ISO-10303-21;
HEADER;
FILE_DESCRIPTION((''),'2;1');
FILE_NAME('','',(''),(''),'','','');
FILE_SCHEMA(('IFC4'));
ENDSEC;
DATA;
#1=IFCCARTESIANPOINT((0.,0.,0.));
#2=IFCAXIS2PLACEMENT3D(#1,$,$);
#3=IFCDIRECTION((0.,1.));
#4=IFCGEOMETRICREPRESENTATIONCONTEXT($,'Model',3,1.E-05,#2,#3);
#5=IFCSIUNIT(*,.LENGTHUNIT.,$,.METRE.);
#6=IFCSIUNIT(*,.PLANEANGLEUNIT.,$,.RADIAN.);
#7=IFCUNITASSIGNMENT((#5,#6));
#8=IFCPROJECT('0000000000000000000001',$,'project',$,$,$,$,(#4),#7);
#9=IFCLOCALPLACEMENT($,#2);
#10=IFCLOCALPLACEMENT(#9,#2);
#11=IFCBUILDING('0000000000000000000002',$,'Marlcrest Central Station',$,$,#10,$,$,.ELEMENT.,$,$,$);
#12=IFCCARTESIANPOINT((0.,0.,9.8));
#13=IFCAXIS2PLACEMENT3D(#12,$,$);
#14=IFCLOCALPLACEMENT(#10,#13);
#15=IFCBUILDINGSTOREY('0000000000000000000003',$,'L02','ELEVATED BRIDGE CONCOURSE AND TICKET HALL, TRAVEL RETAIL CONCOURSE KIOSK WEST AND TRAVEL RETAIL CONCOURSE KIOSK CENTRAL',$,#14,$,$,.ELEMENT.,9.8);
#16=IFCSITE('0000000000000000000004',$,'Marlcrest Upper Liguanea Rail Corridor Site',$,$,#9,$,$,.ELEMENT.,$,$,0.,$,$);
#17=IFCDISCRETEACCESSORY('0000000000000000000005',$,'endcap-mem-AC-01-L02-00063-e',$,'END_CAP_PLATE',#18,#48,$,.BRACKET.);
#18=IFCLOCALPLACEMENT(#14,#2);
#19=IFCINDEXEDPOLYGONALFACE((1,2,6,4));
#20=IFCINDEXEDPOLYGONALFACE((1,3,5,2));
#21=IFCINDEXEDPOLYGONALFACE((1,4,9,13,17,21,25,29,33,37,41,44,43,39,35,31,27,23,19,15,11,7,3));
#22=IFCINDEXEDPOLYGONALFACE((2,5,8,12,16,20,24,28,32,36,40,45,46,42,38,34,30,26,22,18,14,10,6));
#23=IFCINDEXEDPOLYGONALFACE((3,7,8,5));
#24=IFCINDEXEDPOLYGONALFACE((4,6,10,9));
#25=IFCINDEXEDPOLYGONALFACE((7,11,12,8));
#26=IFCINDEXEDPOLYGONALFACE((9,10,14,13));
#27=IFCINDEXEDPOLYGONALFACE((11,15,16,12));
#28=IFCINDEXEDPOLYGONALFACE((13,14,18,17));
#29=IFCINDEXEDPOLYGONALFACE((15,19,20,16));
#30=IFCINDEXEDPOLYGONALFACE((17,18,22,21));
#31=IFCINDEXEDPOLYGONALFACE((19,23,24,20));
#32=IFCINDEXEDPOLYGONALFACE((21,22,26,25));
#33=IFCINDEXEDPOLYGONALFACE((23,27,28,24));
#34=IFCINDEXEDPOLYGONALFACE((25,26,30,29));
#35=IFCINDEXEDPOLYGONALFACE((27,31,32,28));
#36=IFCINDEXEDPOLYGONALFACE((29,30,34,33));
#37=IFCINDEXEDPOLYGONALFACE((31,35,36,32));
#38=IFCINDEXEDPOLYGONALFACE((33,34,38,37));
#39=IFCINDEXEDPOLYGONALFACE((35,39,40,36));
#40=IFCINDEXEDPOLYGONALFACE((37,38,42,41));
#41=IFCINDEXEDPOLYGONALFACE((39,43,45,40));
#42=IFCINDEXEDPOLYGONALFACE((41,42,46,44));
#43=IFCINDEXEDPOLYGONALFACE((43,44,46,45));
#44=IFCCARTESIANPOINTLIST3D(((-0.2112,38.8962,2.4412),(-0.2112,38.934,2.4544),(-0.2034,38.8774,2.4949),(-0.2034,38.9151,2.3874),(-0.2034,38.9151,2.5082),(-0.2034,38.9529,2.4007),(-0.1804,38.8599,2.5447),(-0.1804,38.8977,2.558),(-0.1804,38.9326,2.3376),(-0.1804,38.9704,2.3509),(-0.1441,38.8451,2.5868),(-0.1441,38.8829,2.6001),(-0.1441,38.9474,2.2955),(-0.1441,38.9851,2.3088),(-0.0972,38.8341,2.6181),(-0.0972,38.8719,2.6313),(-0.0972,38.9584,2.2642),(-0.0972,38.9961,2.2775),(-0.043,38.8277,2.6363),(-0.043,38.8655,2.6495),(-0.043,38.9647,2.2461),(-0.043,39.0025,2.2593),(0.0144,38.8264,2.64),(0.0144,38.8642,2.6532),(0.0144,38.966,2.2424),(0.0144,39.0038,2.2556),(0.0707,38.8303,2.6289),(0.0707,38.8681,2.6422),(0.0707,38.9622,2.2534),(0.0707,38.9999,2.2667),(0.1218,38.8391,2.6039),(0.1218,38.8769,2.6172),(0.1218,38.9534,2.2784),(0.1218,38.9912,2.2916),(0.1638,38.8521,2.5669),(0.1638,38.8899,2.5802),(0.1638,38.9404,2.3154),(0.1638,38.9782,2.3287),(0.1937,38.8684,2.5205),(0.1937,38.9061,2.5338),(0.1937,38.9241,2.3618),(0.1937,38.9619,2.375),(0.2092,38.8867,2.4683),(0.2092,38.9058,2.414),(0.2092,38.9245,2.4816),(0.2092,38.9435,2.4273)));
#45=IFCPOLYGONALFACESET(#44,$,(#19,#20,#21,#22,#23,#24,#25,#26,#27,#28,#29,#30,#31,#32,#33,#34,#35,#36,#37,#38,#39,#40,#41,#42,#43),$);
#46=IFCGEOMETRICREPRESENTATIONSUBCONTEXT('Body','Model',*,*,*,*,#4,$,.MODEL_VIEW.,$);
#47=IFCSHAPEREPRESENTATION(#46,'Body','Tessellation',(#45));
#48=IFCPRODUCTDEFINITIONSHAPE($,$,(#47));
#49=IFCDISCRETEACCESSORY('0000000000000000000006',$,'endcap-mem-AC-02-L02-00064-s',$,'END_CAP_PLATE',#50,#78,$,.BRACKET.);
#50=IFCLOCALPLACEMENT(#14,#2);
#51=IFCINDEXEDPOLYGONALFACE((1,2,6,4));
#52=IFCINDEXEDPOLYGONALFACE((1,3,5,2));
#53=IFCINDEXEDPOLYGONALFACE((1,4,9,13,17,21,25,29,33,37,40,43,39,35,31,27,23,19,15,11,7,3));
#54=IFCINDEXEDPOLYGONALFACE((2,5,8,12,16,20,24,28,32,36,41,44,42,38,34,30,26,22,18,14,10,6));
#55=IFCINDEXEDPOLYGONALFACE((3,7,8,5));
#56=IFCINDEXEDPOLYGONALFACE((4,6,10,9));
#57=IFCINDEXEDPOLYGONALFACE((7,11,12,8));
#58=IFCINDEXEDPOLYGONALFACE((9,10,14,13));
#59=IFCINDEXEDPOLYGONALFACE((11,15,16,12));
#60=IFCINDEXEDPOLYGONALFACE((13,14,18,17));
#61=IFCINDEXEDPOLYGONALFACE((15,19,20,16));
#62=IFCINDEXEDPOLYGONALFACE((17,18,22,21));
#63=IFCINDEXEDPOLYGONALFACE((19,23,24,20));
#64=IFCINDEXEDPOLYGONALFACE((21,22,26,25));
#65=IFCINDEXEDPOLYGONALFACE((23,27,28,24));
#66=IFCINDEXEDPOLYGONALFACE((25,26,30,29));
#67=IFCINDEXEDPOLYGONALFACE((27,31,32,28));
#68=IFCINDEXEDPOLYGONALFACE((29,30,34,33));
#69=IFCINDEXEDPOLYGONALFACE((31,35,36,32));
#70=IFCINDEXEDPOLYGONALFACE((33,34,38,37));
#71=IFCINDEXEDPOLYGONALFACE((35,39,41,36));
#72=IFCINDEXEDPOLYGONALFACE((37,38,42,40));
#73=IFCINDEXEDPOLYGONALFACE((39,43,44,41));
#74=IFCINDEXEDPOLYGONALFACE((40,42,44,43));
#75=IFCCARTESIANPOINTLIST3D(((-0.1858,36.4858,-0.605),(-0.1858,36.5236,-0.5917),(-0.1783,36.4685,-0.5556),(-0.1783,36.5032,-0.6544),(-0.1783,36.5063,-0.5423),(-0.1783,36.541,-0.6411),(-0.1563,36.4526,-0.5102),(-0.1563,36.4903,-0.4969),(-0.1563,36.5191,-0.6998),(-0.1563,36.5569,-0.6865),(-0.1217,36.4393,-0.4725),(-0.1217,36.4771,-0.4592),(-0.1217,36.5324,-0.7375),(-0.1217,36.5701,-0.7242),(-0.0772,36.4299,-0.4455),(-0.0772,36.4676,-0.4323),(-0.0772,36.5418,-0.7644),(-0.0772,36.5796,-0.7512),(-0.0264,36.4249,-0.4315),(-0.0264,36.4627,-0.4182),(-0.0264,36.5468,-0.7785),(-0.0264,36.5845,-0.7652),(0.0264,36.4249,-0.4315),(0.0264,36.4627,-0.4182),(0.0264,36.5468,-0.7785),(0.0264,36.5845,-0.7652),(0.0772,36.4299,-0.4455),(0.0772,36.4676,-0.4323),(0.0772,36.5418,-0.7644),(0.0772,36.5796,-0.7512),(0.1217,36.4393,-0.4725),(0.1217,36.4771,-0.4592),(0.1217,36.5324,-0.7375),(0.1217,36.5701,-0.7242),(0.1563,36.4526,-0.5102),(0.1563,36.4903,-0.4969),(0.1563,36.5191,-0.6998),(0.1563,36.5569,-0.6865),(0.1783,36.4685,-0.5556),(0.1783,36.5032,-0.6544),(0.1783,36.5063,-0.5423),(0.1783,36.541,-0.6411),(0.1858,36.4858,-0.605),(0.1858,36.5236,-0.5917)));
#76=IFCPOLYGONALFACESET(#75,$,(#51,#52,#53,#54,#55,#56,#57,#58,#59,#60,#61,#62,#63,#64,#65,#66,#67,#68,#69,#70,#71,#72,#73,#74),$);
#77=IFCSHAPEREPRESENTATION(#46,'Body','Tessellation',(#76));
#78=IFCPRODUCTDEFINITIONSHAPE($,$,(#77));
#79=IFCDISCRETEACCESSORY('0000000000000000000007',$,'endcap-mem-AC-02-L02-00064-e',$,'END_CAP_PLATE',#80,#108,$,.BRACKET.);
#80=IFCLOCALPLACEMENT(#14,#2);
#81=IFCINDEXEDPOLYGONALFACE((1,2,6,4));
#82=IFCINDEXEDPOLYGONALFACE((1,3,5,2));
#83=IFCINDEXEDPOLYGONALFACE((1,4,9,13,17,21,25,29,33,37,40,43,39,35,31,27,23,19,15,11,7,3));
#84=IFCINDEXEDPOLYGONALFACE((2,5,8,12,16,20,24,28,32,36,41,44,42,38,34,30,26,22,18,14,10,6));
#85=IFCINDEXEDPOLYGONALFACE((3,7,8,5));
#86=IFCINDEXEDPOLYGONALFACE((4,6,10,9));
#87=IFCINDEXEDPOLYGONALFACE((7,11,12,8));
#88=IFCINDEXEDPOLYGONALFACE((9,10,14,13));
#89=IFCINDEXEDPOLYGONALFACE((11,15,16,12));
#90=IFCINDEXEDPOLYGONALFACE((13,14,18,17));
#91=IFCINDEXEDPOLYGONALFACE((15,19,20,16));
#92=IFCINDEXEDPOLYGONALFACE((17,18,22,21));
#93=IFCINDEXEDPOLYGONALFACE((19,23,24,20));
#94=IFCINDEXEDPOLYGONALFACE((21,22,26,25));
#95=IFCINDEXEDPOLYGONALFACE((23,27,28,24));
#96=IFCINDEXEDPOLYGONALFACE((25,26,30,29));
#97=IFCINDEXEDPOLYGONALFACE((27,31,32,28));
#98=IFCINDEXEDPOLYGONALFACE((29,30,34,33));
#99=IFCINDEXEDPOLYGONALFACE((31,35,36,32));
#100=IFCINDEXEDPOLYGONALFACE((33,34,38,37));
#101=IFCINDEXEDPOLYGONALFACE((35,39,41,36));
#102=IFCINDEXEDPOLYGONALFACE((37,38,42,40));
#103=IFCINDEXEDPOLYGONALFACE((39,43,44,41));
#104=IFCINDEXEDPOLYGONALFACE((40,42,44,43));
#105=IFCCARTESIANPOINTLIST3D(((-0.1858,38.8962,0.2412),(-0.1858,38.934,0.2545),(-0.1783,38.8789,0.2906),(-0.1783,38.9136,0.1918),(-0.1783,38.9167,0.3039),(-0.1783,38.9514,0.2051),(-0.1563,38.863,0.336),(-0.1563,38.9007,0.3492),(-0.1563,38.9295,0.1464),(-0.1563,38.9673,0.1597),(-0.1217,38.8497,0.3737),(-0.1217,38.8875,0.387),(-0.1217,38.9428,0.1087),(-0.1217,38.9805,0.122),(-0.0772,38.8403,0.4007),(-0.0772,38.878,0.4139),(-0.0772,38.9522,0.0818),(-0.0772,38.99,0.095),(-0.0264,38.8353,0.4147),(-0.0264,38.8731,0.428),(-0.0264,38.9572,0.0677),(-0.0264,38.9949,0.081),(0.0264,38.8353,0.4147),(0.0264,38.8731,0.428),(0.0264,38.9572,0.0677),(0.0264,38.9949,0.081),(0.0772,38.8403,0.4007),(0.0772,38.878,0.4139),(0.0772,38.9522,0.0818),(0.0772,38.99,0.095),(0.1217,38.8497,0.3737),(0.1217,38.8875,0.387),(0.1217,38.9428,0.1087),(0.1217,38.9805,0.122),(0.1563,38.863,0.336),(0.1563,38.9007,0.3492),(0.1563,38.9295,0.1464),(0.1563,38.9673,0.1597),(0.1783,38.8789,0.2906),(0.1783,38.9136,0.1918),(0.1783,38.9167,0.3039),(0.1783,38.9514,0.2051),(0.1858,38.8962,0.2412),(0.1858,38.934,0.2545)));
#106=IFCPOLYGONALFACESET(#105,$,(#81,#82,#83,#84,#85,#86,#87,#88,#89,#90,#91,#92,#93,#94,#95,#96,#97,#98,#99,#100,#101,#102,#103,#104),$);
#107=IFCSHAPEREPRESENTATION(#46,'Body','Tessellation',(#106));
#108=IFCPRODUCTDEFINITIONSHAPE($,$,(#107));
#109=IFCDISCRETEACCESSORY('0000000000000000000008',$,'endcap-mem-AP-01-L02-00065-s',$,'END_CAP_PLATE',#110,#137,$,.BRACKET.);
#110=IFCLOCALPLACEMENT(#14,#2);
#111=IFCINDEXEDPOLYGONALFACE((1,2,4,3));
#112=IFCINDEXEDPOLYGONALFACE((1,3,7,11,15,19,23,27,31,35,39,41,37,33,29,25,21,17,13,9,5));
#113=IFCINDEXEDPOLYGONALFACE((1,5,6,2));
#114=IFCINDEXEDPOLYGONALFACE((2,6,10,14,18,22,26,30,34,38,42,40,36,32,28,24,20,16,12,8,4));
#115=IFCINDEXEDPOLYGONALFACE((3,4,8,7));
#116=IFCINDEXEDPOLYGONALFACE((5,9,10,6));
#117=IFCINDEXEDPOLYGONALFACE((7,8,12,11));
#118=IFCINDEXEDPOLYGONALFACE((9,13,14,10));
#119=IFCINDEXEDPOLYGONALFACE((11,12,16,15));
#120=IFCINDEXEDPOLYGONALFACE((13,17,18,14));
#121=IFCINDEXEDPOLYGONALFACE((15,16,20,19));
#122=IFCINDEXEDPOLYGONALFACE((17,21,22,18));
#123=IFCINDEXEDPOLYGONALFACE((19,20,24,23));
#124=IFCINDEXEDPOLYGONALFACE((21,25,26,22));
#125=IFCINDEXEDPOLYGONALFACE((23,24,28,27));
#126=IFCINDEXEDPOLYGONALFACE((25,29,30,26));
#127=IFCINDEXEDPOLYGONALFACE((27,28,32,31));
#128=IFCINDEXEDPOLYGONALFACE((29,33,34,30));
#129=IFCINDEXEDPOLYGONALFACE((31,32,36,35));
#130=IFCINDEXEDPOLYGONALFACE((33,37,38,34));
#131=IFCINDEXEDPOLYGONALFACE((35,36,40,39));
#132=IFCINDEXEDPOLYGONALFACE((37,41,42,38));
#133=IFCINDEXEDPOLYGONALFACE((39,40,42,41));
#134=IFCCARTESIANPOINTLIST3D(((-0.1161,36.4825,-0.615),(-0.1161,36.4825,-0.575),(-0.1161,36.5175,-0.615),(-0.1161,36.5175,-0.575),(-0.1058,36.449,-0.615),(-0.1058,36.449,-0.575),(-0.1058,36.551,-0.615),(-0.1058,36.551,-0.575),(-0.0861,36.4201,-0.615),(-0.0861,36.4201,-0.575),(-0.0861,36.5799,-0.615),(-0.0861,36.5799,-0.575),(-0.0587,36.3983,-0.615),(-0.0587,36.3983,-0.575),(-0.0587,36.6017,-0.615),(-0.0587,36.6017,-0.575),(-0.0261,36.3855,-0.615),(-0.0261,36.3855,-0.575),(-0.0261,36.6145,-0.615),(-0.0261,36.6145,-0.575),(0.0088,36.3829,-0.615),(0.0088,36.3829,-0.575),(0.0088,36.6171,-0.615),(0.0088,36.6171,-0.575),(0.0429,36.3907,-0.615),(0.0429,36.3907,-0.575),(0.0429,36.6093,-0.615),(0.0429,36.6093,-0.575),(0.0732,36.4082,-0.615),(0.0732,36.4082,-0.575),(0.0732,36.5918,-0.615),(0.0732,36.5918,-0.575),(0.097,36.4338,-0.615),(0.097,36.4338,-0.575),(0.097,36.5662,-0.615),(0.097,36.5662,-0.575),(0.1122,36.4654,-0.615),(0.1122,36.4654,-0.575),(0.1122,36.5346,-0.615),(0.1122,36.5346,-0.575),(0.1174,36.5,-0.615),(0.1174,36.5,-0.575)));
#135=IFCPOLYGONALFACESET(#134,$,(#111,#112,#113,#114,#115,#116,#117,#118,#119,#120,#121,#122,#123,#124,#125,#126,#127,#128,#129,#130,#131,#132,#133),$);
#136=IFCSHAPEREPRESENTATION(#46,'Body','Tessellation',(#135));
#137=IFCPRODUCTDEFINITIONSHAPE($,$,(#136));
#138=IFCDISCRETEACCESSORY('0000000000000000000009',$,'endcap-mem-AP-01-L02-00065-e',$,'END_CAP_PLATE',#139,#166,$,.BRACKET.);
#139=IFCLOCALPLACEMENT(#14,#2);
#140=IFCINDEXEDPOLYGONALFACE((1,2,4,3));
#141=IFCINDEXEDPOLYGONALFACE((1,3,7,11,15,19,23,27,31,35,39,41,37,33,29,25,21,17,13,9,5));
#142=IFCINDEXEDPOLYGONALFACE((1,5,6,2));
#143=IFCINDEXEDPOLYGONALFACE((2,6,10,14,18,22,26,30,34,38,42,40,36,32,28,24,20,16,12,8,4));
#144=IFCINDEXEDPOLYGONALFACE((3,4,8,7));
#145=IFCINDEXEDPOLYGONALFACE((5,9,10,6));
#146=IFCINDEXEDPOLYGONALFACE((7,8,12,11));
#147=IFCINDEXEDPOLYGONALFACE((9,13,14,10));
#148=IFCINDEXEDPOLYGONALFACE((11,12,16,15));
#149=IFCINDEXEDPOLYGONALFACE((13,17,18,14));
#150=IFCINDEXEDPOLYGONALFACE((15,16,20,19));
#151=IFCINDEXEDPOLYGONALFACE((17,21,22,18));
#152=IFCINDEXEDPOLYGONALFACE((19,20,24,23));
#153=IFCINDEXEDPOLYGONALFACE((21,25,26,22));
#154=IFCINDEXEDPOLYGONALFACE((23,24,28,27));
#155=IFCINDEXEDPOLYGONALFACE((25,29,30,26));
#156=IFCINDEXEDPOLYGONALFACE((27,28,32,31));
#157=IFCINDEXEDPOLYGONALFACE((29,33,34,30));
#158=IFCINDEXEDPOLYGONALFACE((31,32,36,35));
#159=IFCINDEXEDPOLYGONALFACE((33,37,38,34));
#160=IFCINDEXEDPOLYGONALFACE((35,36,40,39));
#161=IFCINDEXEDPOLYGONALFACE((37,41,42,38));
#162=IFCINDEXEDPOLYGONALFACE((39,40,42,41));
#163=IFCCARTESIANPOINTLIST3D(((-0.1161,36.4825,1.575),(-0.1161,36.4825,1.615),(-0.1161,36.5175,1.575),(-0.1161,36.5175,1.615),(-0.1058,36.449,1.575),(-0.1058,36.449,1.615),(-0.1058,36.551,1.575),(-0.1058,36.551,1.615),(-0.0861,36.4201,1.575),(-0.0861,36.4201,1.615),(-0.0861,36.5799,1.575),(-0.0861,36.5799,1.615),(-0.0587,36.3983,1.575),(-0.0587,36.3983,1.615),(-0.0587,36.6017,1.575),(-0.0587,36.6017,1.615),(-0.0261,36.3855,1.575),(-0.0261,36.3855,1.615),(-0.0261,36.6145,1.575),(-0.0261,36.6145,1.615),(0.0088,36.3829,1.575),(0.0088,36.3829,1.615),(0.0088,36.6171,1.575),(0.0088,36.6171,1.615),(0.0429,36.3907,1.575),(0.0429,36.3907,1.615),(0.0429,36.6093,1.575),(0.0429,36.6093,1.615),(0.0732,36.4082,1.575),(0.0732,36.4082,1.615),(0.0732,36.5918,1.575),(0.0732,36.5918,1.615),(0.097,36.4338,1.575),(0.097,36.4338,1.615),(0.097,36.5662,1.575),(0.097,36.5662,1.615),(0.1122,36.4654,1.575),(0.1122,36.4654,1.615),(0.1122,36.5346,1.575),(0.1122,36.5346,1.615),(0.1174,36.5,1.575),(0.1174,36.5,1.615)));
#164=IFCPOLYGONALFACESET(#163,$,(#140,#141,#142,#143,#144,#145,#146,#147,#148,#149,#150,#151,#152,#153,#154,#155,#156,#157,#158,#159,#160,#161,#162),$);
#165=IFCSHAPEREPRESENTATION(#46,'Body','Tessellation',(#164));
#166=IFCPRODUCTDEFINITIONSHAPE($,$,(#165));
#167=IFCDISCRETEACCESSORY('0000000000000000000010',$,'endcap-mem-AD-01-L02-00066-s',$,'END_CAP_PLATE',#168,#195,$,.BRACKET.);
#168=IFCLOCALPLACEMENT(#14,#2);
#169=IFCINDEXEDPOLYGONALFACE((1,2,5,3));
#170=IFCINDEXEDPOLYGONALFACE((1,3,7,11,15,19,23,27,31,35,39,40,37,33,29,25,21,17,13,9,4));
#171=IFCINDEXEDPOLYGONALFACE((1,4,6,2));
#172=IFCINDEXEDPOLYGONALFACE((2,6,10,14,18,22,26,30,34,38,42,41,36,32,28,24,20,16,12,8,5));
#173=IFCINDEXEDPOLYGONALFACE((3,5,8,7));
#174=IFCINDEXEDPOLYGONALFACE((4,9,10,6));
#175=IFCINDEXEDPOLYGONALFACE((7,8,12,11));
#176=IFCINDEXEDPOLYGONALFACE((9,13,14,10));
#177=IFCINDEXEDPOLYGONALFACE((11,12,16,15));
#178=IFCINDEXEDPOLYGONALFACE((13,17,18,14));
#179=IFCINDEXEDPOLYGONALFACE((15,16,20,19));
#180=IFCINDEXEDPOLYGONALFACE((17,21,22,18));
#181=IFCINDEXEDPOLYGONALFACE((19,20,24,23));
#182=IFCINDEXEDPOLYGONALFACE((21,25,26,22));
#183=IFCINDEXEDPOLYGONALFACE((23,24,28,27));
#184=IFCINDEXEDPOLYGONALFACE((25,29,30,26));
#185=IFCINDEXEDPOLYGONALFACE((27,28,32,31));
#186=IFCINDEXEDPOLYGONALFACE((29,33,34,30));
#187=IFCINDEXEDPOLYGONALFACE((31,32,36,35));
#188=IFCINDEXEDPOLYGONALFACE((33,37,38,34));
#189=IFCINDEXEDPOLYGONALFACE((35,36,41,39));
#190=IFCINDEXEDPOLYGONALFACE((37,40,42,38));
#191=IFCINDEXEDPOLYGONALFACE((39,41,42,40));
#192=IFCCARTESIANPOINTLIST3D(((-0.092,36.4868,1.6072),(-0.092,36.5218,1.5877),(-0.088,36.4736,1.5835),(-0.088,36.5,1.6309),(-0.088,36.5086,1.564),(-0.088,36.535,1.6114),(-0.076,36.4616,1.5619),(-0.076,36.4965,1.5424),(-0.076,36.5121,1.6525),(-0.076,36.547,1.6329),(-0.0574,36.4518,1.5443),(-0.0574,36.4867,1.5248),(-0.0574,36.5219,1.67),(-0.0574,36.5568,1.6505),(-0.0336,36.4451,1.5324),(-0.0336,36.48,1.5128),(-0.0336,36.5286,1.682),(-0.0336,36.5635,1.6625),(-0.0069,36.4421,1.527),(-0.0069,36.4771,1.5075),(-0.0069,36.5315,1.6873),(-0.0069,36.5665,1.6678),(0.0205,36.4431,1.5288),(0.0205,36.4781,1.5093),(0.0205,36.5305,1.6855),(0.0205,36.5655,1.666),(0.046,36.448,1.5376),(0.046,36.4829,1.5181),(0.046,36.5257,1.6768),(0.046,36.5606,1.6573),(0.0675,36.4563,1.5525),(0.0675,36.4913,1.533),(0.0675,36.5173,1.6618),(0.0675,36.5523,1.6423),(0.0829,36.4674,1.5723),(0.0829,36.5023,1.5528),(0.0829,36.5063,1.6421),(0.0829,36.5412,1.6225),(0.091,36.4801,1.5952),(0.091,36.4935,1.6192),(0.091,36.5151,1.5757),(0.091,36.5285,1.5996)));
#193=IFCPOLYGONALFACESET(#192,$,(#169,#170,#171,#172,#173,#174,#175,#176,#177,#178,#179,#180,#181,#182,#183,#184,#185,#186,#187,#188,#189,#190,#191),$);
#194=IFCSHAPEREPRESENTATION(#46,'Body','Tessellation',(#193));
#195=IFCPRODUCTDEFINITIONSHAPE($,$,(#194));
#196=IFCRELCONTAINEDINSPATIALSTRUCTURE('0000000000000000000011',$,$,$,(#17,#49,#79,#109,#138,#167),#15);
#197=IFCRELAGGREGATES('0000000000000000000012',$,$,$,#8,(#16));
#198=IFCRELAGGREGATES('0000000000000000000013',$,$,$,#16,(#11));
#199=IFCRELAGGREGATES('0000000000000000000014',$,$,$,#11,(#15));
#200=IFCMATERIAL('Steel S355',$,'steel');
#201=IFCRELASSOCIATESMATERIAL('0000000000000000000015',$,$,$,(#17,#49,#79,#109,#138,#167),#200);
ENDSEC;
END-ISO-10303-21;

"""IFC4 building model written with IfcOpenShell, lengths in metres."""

from ifc_helpers import new_model, si_unit, direction, frame, origin, origin_2d, place, context, subcontext, project, spatial, circle, extrude, material, element, save


model = new_model("IFC4")

# Units and contexts
model_context = context("Model", 3, precision=1e-05, world=origin(), true_north=direction((0.0, 1.0)))
body_context = subcontext(model_context, "Body", "Model", "MODEL_VIEW")
ifc_project = project(units=[si_unit("LENGTHUNIT", "METRE"), si_unit("PLANEANGLEUNIT", "RADIAN")], contexts=[model_context])

# Site, building, storey
site_placement = place(None, origin())
site = spatial("IfcSite", under=ifc_project, at=site_placement, Name="Marlcrest Upper Liguanea Rail Corridor Site", CompositionType="ELEMENT", RefElevation=0.0)
building_placement = place(site_placement, origin())
building = spatial("IfcBuilding", under=site, at=building_placement, Name="Marlcrest Central Station", CompositionType="ELEMENT")
storey_placement = place(building_placement, frame((0.0, 0.0, 9.8)))
storey = spatial("IfcBuildingStorey", under=building, at=storey_placement, Name="L02", Description="ELEVATED BRIDGE CONCOURSE AND TICKET HALL, TRAVEL RETAIL CONCOURSE KIOSK WEST AND TRAVEL RETAIL CONCOURSE KIOSK CENTRAL", CompositionType="ELEMENT", Elevation=9.8)

# Shared definitions
ifc_material_1 = material(Name="Steel S355", Category="steel")

# Discrete accessories
discrete_accessory_1_placement = place(storey_placement, frame((0.0, 38.8962, 2.4412), z_axis=(0.0, 0.943537, 0.331266), x_axis=(-1.0, 0.0, 0.0)))
element("IfcDiscreteAccessory", 1, at=discrete_accessory_1_placement, inside=storey, material=ifc_material_1, Name="endcap-mem-AC-01-L02-00063-e", ObjectType="END_CAP_PLATE", PredefinedType="BRACKET", context=body_context, shape_type="SweptSolid", body=[
    extrude(circle(Radius=0.2112, at=origin_2d()), origin(), (0.0, 0.0, 1.0), 0.04),
])
for number, where, z_axis, x_axis, name in (
    (2, (0.0, 36.4858, -0.605), (0.0, 0.943537, 0.331266), (-1.0, 0.0, 0.0), "endcap-mem-AC-02-L02-00064-s"),
    (3, (0.0, 38.8962, 0.2412), (0.0, 0.943537, 0.331266), (-1.0, 0.0, 0.0), "endcap-mem-AC-02-L02-00064-e"),
):
    element("IfcDiscreteAccessory", number, at=place(storey_placement, frame(where, z_axis=z_axis, x_axis=x_axis)), inside=storey, material=ifc_material_1, Name=name, ObjectType="END_CAP_PLATE", PredefinedType="BRACKET", context=body_context, shape_type="SweptSolid", body=[
        extrude(circle(Radius=0.1858, at=origin_2d()), origin(), (0.0, 0.0, 1.0), 0.04),
    ])
for number, where, z_axis, x_axis, name in (
    (4, (0.0, 36.5, -0.615), (0.0, 0.0, 1.0), (1.0, 0.0, 0.0), "endcap-mem-AP-01-L02-00065-s"),
    (5, (0.0, 36.5, 1.575), (0.0, 0.0, 1.0), (1.0, 0.0, 0.0), "endcap-mem-AP-01-L02-00065-e"),
):
    element("IfcDiscreteAccessory", number, at=place(storey_placement, frame(where, z_axis=z_axis, x_axis=x_axis)), inside=storey, material=ifc_material_1, Name=name, ObjectType="END_CAP_PLATE", PredefinedType="BRACKET", context=body_context, shape_type="SweptSolid", body=[
        extrude(circle(Radius=0.1174, at=origin_2d()), origin(), (0.0, 0.0, 1.0), 0.04),
    ])
for number, where, z_axis, x_axis, name in (
    (6, (0.0, 36.4868, 1.6072), (0.0, 0.873246, -0.48728), (-1.0, 0.0, 0.0), "endcap-mem-AD-01-L02-00066-s"),
):
    element("IfcDiscreteAccessory", number, at=place(storey_placement, frame(where, z_axis=z_axis, x_axis=x_axis)), inside=storey, material=ifc_material_1, Name=name, ObjectType="END_CAP_PLATE", PredefinedType="BRACKET", context=body_context, shape_type="SweptSolid", body=[
        extrude(circle(Radius=0.092, at=origin_2d()), origin(), (0.0, 0.0, 1.0), 0.04),
    ])

save(model, "model.ifc")
